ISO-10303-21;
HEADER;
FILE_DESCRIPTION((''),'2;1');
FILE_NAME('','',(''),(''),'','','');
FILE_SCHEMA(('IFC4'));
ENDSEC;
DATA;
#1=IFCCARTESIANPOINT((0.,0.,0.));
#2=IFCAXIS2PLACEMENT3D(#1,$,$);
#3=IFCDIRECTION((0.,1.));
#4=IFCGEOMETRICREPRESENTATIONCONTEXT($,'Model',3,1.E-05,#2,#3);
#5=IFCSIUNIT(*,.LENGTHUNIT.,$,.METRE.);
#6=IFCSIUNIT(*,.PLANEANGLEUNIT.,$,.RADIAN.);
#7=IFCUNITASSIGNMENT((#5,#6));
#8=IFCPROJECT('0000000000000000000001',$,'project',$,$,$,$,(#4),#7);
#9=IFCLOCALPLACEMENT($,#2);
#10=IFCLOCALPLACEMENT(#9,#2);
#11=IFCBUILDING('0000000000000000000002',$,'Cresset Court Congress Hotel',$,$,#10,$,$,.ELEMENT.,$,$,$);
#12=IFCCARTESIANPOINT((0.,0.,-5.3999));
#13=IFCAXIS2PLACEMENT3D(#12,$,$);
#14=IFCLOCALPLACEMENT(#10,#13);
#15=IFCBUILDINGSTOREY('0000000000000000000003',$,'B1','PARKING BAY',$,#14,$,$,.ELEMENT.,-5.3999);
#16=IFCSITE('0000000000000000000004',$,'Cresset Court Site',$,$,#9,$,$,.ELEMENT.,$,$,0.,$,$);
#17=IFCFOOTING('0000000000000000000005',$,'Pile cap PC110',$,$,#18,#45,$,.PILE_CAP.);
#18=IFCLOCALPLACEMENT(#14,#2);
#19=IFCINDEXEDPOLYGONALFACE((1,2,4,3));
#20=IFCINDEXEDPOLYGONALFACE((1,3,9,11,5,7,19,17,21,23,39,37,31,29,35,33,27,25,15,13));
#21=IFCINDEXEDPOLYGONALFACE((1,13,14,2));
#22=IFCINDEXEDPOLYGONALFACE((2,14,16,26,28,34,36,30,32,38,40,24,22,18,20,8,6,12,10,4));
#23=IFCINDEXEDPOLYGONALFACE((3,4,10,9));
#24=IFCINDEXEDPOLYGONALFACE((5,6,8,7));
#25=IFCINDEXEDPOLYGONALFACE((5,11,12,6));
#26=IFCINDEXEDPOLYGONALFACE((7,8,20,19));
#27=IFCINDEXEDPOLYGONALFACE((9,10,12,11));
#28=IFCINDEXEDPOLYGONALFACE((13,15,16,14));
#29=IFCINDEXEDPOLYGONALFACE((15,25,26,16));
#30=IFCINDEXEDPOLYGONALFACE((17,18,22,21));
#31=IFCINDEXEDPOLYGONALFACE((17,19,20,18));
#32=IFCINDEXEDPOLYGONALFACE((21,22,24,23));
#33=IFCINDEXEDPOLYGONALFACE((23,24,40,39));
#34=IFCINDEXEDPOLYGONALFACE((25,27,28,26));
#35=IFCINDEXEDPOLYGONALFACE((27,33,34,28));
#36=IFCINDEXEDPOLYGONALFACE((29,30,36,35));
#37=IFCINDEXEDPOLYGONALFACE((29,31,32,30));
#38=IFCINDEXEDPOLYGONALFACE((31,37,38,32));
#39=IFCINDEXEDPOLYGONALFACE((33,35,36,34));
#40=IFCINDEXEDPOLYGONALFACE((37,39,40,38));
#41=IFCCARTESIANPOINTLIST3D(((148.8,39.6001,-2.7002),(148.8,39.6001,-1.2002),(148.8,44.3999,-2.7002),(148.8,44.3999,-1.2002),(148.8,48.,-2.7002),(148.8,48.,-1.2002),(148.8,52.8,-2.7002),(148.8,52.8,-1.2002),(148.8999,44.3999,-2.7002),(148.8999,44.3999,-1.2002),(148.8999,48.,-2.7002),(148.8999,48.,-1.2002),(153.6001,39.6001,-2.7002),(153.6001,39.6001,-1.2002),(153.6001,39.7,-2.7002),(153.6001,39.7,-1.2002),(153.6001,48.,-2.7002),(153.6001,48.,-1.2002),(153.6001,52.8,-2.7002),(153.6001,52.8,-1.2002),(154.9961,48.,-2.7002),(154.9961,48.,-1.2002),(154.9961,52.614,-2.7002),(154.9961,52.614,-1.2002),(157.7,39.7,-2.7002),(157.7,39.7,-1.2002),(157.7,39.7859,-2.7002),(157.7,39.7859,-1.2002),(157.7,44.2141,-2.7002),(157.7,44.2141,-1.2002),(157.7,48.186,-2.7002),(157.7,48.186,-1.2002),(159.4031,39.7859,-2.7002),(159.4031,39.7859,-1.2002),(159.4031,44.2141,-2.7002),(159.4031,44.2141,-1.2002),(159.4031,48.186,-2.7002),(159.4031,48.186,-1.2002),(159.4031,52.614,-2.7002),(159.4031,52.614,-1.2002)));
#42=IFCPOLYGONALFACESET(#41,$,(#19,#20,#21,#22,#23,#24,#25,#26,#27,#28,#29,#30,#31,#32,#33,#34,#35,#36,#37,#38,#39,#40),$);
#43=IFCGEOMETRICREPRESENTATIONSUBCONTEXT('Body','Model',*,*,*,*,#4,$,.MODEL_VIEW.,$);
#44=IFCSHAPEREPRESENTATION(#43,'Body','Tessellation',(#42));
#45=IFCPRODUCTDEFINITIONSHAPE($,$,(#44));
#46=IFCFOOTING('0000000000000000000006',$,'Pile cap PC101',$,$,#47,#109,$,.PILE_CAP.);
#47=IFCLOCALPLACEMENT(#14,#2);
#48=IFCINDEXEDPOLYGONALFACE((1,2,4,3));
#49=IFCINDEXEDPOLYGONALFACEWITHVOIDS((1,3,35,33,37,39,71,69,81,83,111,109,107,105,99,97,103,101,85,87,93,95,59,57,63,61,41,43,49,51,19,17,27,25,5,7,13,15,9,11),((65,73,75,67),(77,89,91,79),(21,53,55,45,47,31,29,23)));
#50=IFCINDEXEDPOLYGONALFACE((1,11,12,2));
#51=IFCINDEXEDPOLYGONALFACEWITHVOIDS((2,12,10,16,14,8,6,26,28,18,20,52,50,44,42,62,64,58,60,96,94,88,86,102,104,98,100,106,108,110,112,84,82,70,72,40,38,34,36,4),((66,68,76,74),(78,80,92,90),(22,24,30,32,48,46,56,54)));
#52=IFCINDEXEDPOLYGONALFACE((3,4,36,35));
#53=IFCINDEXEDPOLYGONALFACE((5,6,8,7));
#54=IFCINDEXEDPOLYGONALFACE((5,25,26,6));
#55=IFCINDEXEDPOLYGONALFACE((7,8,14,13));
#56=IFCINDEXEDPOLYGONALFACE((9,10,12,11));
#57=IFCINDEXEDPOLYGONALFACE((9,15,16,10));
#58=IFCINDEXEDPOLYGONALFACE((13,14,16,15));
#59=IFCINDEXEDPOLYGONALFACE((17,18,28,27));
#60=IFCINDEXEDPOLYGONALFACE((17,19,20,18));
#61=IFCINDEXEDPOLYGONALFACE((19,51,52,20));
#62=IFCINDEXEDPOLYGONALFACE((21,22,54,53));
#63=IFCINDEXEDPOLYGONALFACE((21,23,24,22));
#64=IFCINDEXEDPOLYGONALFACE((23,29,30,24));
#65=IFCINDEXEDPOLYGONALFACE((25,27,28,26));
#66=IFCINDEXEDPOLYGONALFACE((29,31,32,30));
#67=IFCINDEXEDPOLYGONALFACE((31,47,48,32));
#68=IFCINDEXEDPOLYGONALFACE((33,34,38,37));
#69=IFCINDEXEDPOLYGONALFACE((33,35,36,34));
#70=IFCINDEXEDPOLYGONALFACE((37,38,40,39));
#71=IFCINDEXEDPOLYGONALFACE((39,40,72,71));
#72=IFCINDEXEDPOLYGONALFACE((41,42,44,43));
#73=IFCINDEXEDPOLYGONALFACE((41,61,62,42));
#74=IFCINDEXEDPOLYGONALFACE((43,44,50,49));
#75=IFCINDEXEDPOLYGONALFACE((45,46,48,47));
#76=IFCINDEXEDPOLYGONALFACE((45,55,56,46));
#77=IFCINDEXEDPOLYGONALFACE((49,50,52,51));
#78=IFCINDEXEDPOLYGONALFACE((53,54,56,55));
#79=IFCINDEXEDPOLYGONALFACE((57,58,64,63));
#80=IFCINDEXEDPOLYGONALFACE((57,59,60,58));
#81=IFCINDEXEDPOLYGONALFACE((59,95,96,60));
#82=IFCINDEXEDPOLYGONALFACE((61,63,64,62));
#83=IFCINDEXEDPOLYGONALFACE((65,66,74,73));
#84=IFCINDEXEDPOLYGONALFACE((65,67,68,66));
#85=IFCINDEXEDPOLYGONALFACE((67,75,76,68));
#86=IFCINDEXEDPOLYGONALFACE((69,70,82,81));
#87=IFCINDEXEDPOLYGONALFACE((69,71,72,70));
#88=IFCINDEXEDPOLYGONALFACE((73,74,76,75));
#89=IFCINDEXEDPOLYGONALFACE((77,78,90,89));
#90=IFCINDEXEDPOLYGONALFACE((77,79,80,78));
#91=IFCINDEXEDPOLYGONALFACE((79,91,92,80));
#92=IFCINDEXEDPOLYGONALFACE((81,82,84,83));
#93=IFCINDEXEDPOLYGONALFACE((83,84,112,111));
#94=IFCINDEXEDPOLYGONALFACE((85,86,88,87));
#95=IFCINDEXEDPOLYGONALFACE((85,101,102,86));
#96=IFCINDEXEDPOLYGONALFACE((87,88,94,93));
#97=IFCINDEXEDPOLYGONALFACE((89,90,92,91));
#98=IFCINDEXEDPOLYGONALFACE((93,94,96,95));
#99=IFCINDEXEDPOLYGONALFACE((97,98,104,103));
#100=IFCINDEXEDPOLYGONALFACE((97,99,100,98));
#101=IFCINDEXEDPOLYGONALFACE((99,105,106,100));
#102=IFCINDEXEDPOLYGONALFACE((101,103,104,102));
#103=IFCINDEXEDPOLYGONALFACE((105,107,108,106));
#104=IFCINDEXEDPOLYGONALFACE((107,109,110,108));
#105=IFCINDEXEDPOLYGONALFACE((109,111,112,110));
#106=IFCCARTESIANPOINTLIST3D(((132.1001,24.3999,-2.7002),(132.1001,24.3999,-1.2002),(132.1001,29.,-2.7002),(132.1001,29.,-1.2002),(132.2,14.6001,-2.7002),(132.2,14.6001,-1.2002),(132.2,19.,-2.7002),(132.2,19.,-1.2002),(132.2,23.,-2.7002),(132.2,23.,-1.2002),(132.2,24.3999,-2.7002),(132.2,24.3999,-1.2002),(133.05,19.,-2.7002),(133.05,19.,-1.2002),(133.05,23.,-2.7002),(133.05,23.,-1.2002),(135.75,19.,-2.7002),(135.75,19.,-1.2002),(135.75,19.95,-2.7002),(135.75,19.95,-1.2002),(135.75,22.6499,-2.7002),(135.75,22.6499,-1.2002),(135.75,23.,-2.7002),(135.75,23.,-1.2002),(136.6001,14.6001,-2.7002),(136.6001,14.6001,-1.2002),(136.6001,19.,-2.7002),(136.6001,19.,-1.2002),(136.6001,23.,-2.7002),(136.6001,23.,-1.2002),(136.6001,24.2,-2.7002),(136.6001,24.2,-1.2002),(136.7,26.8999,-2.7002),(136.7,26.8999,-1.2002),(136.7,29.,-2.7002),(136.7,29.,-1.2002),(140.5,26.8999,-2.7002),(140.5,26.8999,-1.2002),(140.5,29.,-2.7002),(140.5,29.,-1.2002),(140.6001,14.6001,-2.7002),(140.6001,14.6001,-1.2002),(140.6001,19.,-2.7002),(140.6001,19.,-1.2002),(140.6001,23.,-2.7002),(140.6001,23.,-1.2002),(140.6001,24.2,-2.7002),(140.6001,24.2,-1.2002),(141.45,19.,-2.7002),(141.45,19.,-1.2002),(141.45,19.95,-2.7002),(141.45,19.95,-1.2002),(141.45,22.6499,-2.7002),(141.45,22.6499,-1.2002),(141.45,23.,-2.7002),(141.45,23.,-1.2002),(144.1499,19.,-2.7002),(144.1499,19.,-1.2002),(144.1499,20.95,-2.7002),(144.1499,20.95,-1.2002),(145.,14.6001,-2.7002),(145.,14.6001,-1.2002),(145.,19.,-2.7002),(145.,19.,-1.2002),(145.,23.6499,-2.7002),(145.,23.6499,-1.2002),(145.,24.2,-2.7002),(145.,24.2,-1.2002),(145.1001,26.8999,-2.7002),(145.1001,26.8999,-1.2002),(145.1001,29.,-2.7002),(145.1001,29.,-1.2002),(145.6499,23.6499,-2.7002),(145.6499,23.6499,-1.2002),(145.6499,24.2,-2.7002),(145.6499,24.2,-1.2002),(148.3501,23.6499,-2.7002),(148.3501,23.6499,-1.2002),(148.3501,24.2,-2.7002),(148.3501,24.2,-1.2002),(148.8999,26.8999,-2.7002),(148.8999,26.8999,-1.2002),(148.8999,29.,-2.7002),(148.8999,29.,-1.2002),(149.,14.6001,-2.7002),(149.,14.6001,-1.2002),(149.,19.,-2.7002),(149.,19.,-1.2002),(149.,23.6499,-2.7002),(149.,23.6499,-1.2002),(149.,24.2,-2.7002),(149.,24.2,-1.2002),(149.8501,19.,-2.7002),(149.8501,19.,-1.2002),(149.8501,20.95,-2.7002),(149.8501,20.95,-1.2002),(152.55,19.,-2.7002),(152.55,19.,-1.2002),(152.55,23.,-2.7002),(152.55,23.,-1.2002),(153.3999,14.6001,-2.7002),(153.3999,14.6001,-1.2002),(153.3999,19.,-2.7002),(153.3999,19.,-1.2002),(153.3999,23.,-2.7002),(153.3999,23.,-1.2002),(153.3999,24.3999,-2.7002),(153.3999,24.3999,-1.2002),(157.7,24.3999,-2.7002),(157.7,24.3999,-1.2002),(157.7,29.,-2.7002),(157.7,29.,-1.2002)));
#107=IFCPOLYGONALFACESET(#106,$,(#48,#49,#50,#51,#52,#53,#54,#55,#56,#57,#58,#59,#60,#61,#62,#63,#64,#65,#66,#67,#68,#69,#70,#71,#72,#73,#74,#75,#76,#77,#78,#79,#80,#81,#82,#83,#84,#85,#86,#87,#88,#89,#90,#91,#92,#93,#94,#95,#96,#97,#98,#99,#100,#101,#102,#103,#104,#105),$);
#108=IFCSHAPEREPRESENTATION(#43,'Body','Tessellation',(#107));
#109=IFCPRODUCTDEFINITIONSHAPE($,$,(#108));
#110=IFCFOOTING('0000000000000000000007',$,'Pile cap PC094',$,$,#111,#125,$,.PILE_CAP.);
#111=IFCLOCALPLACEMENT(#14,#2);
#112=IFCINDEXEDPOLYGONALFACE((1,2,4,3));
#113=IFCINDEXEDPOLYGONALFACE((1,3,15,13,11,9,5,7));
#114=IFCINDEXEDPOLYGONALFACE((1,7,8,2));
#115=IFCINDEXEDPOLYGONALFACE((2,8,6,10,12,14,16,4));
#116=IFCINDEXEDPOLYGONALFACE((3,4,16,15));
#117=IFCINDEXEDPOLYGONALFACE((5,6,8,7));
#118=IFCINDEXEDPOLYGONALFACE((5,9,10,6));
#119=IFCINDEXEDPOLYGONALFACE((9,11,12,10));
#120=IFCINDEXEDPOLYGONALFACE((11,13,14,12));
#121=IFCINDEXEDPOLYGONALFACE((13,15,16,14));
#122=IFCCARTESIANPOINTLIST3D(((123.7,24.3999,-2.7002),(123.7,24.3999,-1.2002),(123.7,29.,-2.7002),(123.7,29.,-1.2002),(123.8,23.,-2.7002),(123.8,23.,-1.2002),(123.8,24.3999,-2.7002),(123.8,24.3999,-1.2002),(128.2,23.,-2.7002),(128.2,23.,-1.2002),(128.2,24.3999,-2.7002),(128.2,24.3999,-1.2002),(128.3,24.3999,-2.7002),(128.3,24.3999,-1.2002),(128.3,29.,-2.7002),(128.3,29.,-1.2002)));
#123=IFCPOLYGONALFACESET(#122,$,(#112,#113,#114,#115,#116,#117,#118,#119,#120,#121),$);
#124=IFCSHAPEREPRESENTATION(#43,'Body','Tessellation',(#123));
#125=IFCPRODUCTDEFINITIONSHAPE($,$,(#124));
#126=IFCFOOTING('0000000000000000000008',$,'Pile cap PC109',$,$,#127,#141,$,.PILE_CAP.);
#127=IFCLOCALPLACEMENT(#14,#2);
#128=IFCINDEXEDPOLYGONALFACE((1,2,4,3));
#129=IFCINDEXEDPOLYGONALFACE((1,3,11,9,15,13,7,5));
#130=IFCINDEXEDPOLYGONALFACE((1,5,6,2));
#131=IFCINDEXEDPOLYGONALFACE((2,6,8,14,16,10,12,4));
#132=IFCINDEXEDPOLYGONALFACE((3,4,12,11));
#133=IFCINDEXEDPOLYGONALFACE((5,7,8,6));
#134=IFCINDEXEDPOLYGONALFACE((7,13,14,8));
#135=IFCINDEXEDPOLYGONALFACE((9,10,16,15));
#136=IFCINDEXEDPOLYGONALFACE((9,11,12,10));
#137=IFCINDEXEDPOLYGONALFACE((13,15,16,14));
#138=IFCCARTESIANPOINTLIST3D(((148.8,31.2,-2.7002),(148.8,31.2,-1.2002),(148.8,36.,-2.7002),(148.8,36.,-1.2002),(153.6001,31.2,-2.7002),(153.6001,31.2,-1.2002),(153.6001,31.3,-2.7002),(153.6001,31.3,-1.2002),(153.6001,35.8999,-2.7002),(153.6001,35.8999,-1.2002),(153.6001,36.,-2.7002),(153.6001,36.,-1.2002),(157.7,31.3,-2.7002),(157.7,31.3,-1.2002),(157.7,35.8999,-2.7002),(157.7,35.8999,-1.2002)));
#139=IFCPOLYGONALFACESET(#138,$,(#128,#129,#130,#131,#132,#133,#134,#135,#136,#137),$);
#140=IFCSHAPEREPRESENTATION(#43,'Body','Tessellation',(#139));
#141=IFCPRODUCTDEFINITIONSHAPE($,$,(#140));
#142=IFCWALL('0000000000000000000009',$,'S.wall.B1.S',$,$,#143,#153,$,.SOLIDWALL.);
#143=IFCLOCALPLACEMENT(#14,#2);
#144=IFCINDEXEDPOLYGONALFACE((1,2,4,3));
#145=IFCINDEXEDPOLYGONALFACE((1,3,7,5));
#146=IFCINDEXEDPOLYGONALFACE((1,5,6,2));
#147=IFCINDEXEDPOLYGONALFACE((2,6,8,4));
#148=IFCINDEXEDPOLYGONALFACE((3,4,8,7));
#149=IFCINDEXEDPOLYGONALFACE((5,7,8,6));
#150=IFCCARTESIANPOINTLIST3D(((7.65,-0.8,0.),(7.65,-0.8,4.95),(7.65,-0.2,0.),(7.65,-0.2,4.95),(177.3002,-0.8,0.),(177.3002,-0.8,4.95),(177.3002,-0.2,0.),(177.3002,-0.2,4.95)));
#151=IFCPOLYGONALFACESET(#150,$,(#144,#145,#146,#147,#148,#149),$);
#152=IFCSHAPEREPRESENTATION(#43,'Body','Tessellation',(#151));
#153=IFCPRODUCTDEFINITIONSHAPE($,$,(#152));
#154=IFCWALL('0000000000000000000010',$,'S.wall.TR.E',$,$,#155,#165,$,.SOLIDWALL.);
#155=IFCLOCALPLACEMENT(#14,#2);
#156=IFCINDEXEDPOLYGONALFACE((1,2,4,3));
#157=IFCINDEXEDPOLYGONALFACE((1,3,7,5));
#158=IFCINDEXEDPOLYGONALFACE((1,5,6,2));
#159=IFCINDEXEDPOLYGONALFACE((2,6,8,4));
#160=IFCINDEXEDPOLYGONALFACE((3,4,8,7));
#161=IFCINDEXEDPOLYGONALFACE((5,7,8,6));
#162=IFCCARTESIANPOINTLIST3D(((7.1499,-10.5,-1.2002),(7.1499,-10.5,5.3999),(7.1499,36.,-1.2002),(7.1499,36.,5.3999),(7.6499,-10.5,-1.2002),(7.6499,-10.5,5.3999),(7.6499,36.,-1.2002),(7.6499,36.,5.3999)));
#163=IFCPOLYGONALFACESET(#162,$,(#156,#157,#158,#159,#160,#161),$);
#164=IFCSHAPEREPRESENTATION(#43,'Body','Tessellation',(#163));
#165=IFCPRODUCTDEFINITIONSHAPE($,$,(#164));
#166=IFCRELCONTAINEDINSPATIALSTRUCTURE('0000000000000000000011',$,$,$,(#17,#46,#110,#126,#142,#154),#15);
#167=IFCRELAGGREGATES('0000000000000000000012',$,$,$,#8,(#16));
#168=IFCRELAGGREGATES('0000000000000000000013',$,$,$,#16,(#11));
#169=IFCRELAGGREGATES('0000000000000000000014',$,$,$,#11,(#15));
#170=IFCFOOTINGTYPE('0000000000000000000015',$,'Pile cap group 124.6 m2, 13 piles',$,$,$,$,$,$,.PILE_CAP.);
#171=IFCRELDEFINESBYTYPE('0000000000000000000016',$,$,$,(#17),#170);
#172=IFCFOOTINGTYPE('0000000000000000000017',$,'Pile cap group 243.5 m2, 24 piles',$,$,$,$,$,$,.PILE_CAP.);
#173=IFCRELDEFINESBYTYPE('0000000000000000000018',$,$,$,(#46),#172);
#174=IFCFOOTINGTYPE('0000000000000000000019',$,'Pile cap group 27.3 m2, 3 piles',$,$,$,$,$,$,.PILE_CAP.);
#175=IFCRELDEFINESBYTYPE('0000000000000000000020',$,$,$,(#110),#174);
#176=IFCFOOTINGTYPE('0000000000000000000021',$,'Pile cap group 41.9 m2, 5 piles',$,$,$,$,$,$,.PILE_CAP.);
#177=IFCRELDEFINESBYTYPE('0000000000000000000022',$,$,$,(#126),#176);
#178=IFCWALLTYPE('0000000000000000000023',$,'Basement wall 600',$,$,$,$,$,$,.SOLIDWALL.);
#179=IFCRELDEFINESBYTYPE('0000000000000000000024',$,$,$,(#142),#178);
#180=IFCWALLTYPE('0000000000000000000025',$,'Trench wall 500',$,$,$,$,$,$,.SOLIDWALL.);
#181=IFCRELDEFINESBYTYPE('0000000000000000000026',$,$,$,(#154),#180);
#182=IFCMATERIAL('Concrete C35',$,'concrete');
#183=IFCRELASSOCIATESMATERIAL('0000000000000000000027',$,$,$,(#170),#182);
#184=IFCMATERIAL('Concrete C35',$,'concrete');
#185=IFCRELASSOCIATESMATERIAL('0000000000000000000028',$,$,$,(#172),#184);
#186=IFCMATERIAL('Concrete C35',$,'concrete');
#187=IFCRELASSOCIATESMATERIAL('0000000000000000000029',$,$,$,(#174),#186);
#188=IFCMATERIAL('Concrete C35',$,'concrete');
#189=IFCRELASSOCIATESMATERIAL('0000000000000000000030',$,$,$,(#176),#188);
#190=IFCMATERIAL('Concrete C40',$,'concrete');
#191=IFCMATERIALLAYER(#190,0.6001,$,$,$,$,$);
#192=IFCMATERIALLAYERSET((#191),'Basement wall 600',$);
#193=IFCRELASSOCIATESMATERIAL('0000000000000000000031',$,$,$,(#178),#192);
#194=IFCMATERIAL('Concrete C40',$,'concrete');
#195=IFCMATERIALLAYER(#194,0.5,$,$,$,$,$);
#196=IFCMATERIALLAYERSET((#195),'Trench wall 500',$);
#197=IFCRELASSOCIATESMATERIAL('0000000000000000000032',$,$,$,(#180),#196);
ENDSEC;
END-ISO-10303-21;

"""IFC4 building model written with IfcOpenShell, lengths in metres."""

from ifc_helpers import new_model, si_unit, direction, frame, frame_2d, origin, place, context, subcontext, project, spatial, polyline, rectangle, outline, extrude, material, layer, layer_set, type_object, element, save


model = new_model("IFC4")

# Units and contexts
model_context = context("Model", 3, precision=1e-05, world=origin(), true_north=direction((0.0, 1.0)))
body_context = subcontext(model_context, "Body", "Model", "MODEL_VIEW")
ifc_project = project(units=[si_unit("LENGTHUNIT", "METRE"), si_unit("PLANEANGLEUNIT", "RADIAN")], contexts=[model_context])

# Site, building, storey
site_placement = place(None, origin())
site = spatial("IfcSite", under=ifc_project, at=site_placement, Name="Cresset Court Site", CompositionType="ELEMENT", RefElevation=0.0)
building_placement = place(site_placement, origin())
building = spatial("IfcBuilding", under=site, at=building_placement, Name="Cresset Court Congress Hotel", CompositionType="ELEMENT")
storey_placement = place(building_placement, frame((0.0, 0.0, -5.3999)))
storey = spatial("IfcBuildingStorey", under=building, at=storey_placement, Name="B1", Description="PARKING BAY", CompositionType="ELEMENT", Elevation=-5.3999)

# Footings
ifc_material_1 = material(Name="Concrete C35", Category="concrete")
footing_type_1 = type_object("IfcFootingType", Name="Pile cap group 124.6 m2, 13 piles", PredefinedType="PILE_CAP", material=ifc_material_1)
footing_1_placement = place(storey_placement, frame((0.0, 0.0, -2.7002)))
element("IfcFooting", 1, at=footing_1_placement, inside=storey, type_object=footing_type_1, Name="Pile cap PC110", PredefinedType="PILE_CAP", context=body_context, shape_type="SweptSolid", body=[
    extrude(outline(polyline([(148.8999, 48.0), (148.8, 48.0), (148.8, 52.8), (153.6001, 52.8), (153.6001, 48.0), (154.9961, 48.0), (154.9961, 52.614), (159.4031, 52.614), (159.4031, 48.186), (157.7, 48.186), (157.7, 44.2141), (159.4031, 44.2141), (159.4031, 39.7859), (157.7, 39.7859), (157.7, 39.7), (153.6001, 39.7), (153.6001, 39.6001), (148.8, 39.6001), (148.8, 44.3999), (148.8999, 44.3999), (148.8999, 48.0)])), origin(), (0.0, 0.0, 1.0), 1.5),
])
ifc_material_2 = material(Name="Concrete C35", Category="concrete")
footing_type_2 = type_object("IfcFootingType", Name="Pile cap group 243.5 m2, 24 piles", PredefinedType="PILE_CAP", material=ifc_material_2)
footing_2_placement = place(storey_placement, frame((0.0, 0.0, -2.7002)))
element("IfcFooting", 2, at=footing_2_placement, inside=storey, type_object=footing_type_2, Name="Pile cap PC101", PredefinedType="PILE_CAP", context=body_context, shape_type="SweptSolid", body=[
    extrude(outline(polyline([(133.05, 23.0), (132.2, 23.0), (132.2, 24.3999), (132.1001, 24.3999), (132.1001, 29.0), (136.7, 29.0), (136.7, 26.8999), (140.5, 26.8999), (140.5, 29.0), (145.1001, 29.0), (145.1001, 26.8999), (148.8999, 26.8999), (148.8999, 29.0), (157.7, 29.0), (157.7, 24.3999), (153.3999, 24.3999), (153.3999, 23.0), (152.55, 23.0), (152.55, 19.0), (153.3999, 19.0), (153.3999, 14.6001), (149.0, 14.6001), (149.0, 19.0), (149.8501, 19.0), (149.8501, 20.95), (144.1499, 20.95), (144.1499, 19.0), (145.0, 19.0), (145.0, 14.6001), (140.6001, 14.6001), (140.6001, 19.0), (141.45, 19.0), (141.45, 19.95), (135.75, 19.95), (135.75, 19.0), (136.6001, 19.0), (136.6001, 14.6001), (132.2, 14.6001), (132.2, 19.0), (133.05, 19.0), (133.05, 23.0)]), holes=[polyline([(149.0, 23.6499), (149.0, 24.2), (148.3501, 24.2), (148.3501, 23.6499), (149.0, 23.6499)]), polyline([(145.6499, 24.2), (145.0, 24.2), (145.0, 23.6499), (145.6499, 23.6499), (145.6499, 24.2)]), polyline([(140.6001, 23.0), (140.6001, 24.2), (136.6001, 24.2), (136.6001, 23.0), (135.75, 23.0), (135.75, 22.6499), (141.45, 22.6499), (141.45, 23.0), (140.6001, 23.0)])]), origin(), (0.0, 0.0, 1.0), 1.5),
])
ifc_material_3 = material(Name="Concrete C35", Category="concrete")
footing_type_3 = type_object("IfcFootingType", Name="Pile cap group 27.3 m2, 3 piles", PredefinedType="PILE_CAP", material=ifc_material_3)
footing_3_placement = place(storey_placement, frame((0.0, 0.0, -2.7002)))
element("IfcFooting", 3, at=footing_3_placement, inside=storey, type_object=footing_type_3, Name="Pile cap PC094", PredefinedType="PILE_CAP", context=body_context, shape_type="SweptSolid", body=[
    extrude(outline(polyline([(123.7, 29.0), (128.3, 29.0), (128.3, 24.3999), (128.2, 24.3999), (128.2, 23.0), (123.8, 23.0), (123.8, 24.3999), (123.7, 24.3999), (123.7, 29.0)])), origin(), (0.0, 0.0, 1.0), 1.5),
])
ifc_material_4 = material(Name="Concrete C35", Category="concrete")
footing_type_4 = type_object("IfcFootingType", Name="Pile cap group 41.9 m2, 5 piles", PredefinedType="PILE_CAP", material=ifc_material_4)
footing_4_placement = place(storey_placement, frame((0.0, 0.0, -2.7002)))
element("IfcFooting", 4, at=footing_4_placement, inside=storey, type_object=footing_type_4, Name="Pile cap PC109", PredefinedType="PILE_CAP", context=body_context, shape_type="SweptSolid", body=[
    extrude(outline(polyline([(157.7, 31.3), (153.6001, 31.3), (153.6001, 31.2), (148.8, 31.2), (148.8, 36.0), (153.6001, 36.0), (153.6001, 35.8999), (157.7, 35.8999), (157.7, 31.3)])), origin(), (0.0, 0.0, 1.0), 1.5),
])

# Walls
ifc_material_5 = material(Name="Concrete C40", Category="concrete")
ifc_layer_1 = layer(ifc_material_5, 0.6001)
ifc_layer_set_1 = layer_set([ifc_layer_1], Name="Basement wall 600")
wall_type_1 = type_object("IfcWallType", Name="Basement wall 600", PredefinedType="SOLIDWALL", material=ifc_layer_set_1)
wall_1_placement = place(storey_placement, frame((7.6499, -0.5, 0.0), z_axis=(0.0, 0.0, 1.0), x_axis=(1.0, 0.0, 0.0)))
element("IfcWall", 5, at=wall_1_placement, inside=storey, type_object=wall_type_1, Name="S.wall.B1.S", PredefinedType="SOLIDWALL", context=body_context, shape_type="SweptSolid", body=[
    extrude(rectangle(XDim=169.6501, YDim=0.6001, at=frame_2d((84.8252, 0.0))), origin(), (0.0, 0.0, 1.0), 4.95),
])
ifc_material_6 = material(Name="Concrete C40", Category="concrete")
ifc_layer_2 = layer(ifc_material_6, 0.5)
ifc_layer_set_2 = layer_set([ifc_layer_2], Name="Trench wall 500")
wall_type_2 = type_object("IfcWallType", Name="Trench wall 500", PredefinedType="SOLIDWALL", material=ifc_layer_set_2)
wall_2_placement = place(storey_placement, frame((7.3999, -10.5, -1.2002), z_axis=(0.0, 0.0, 1.0), x_axis=(0.0, 1.0, 0.0)))
element("IfcWall", 6, at=wall_2_placement, inside=storey, type_object=wall_type_2, Name="S.wall.TR.E", PredefinedType="SOLIDWALL", context=body_context, shape_type="SweptSolid", body=[
    extrude(rectangle(XDim=46.5, YDim=0.5, at=frame_2d((23.25, 0.0))), origin(), (0.0, 0.0, 1.0), 6.6001),
])

save(model, "model.ifc")
